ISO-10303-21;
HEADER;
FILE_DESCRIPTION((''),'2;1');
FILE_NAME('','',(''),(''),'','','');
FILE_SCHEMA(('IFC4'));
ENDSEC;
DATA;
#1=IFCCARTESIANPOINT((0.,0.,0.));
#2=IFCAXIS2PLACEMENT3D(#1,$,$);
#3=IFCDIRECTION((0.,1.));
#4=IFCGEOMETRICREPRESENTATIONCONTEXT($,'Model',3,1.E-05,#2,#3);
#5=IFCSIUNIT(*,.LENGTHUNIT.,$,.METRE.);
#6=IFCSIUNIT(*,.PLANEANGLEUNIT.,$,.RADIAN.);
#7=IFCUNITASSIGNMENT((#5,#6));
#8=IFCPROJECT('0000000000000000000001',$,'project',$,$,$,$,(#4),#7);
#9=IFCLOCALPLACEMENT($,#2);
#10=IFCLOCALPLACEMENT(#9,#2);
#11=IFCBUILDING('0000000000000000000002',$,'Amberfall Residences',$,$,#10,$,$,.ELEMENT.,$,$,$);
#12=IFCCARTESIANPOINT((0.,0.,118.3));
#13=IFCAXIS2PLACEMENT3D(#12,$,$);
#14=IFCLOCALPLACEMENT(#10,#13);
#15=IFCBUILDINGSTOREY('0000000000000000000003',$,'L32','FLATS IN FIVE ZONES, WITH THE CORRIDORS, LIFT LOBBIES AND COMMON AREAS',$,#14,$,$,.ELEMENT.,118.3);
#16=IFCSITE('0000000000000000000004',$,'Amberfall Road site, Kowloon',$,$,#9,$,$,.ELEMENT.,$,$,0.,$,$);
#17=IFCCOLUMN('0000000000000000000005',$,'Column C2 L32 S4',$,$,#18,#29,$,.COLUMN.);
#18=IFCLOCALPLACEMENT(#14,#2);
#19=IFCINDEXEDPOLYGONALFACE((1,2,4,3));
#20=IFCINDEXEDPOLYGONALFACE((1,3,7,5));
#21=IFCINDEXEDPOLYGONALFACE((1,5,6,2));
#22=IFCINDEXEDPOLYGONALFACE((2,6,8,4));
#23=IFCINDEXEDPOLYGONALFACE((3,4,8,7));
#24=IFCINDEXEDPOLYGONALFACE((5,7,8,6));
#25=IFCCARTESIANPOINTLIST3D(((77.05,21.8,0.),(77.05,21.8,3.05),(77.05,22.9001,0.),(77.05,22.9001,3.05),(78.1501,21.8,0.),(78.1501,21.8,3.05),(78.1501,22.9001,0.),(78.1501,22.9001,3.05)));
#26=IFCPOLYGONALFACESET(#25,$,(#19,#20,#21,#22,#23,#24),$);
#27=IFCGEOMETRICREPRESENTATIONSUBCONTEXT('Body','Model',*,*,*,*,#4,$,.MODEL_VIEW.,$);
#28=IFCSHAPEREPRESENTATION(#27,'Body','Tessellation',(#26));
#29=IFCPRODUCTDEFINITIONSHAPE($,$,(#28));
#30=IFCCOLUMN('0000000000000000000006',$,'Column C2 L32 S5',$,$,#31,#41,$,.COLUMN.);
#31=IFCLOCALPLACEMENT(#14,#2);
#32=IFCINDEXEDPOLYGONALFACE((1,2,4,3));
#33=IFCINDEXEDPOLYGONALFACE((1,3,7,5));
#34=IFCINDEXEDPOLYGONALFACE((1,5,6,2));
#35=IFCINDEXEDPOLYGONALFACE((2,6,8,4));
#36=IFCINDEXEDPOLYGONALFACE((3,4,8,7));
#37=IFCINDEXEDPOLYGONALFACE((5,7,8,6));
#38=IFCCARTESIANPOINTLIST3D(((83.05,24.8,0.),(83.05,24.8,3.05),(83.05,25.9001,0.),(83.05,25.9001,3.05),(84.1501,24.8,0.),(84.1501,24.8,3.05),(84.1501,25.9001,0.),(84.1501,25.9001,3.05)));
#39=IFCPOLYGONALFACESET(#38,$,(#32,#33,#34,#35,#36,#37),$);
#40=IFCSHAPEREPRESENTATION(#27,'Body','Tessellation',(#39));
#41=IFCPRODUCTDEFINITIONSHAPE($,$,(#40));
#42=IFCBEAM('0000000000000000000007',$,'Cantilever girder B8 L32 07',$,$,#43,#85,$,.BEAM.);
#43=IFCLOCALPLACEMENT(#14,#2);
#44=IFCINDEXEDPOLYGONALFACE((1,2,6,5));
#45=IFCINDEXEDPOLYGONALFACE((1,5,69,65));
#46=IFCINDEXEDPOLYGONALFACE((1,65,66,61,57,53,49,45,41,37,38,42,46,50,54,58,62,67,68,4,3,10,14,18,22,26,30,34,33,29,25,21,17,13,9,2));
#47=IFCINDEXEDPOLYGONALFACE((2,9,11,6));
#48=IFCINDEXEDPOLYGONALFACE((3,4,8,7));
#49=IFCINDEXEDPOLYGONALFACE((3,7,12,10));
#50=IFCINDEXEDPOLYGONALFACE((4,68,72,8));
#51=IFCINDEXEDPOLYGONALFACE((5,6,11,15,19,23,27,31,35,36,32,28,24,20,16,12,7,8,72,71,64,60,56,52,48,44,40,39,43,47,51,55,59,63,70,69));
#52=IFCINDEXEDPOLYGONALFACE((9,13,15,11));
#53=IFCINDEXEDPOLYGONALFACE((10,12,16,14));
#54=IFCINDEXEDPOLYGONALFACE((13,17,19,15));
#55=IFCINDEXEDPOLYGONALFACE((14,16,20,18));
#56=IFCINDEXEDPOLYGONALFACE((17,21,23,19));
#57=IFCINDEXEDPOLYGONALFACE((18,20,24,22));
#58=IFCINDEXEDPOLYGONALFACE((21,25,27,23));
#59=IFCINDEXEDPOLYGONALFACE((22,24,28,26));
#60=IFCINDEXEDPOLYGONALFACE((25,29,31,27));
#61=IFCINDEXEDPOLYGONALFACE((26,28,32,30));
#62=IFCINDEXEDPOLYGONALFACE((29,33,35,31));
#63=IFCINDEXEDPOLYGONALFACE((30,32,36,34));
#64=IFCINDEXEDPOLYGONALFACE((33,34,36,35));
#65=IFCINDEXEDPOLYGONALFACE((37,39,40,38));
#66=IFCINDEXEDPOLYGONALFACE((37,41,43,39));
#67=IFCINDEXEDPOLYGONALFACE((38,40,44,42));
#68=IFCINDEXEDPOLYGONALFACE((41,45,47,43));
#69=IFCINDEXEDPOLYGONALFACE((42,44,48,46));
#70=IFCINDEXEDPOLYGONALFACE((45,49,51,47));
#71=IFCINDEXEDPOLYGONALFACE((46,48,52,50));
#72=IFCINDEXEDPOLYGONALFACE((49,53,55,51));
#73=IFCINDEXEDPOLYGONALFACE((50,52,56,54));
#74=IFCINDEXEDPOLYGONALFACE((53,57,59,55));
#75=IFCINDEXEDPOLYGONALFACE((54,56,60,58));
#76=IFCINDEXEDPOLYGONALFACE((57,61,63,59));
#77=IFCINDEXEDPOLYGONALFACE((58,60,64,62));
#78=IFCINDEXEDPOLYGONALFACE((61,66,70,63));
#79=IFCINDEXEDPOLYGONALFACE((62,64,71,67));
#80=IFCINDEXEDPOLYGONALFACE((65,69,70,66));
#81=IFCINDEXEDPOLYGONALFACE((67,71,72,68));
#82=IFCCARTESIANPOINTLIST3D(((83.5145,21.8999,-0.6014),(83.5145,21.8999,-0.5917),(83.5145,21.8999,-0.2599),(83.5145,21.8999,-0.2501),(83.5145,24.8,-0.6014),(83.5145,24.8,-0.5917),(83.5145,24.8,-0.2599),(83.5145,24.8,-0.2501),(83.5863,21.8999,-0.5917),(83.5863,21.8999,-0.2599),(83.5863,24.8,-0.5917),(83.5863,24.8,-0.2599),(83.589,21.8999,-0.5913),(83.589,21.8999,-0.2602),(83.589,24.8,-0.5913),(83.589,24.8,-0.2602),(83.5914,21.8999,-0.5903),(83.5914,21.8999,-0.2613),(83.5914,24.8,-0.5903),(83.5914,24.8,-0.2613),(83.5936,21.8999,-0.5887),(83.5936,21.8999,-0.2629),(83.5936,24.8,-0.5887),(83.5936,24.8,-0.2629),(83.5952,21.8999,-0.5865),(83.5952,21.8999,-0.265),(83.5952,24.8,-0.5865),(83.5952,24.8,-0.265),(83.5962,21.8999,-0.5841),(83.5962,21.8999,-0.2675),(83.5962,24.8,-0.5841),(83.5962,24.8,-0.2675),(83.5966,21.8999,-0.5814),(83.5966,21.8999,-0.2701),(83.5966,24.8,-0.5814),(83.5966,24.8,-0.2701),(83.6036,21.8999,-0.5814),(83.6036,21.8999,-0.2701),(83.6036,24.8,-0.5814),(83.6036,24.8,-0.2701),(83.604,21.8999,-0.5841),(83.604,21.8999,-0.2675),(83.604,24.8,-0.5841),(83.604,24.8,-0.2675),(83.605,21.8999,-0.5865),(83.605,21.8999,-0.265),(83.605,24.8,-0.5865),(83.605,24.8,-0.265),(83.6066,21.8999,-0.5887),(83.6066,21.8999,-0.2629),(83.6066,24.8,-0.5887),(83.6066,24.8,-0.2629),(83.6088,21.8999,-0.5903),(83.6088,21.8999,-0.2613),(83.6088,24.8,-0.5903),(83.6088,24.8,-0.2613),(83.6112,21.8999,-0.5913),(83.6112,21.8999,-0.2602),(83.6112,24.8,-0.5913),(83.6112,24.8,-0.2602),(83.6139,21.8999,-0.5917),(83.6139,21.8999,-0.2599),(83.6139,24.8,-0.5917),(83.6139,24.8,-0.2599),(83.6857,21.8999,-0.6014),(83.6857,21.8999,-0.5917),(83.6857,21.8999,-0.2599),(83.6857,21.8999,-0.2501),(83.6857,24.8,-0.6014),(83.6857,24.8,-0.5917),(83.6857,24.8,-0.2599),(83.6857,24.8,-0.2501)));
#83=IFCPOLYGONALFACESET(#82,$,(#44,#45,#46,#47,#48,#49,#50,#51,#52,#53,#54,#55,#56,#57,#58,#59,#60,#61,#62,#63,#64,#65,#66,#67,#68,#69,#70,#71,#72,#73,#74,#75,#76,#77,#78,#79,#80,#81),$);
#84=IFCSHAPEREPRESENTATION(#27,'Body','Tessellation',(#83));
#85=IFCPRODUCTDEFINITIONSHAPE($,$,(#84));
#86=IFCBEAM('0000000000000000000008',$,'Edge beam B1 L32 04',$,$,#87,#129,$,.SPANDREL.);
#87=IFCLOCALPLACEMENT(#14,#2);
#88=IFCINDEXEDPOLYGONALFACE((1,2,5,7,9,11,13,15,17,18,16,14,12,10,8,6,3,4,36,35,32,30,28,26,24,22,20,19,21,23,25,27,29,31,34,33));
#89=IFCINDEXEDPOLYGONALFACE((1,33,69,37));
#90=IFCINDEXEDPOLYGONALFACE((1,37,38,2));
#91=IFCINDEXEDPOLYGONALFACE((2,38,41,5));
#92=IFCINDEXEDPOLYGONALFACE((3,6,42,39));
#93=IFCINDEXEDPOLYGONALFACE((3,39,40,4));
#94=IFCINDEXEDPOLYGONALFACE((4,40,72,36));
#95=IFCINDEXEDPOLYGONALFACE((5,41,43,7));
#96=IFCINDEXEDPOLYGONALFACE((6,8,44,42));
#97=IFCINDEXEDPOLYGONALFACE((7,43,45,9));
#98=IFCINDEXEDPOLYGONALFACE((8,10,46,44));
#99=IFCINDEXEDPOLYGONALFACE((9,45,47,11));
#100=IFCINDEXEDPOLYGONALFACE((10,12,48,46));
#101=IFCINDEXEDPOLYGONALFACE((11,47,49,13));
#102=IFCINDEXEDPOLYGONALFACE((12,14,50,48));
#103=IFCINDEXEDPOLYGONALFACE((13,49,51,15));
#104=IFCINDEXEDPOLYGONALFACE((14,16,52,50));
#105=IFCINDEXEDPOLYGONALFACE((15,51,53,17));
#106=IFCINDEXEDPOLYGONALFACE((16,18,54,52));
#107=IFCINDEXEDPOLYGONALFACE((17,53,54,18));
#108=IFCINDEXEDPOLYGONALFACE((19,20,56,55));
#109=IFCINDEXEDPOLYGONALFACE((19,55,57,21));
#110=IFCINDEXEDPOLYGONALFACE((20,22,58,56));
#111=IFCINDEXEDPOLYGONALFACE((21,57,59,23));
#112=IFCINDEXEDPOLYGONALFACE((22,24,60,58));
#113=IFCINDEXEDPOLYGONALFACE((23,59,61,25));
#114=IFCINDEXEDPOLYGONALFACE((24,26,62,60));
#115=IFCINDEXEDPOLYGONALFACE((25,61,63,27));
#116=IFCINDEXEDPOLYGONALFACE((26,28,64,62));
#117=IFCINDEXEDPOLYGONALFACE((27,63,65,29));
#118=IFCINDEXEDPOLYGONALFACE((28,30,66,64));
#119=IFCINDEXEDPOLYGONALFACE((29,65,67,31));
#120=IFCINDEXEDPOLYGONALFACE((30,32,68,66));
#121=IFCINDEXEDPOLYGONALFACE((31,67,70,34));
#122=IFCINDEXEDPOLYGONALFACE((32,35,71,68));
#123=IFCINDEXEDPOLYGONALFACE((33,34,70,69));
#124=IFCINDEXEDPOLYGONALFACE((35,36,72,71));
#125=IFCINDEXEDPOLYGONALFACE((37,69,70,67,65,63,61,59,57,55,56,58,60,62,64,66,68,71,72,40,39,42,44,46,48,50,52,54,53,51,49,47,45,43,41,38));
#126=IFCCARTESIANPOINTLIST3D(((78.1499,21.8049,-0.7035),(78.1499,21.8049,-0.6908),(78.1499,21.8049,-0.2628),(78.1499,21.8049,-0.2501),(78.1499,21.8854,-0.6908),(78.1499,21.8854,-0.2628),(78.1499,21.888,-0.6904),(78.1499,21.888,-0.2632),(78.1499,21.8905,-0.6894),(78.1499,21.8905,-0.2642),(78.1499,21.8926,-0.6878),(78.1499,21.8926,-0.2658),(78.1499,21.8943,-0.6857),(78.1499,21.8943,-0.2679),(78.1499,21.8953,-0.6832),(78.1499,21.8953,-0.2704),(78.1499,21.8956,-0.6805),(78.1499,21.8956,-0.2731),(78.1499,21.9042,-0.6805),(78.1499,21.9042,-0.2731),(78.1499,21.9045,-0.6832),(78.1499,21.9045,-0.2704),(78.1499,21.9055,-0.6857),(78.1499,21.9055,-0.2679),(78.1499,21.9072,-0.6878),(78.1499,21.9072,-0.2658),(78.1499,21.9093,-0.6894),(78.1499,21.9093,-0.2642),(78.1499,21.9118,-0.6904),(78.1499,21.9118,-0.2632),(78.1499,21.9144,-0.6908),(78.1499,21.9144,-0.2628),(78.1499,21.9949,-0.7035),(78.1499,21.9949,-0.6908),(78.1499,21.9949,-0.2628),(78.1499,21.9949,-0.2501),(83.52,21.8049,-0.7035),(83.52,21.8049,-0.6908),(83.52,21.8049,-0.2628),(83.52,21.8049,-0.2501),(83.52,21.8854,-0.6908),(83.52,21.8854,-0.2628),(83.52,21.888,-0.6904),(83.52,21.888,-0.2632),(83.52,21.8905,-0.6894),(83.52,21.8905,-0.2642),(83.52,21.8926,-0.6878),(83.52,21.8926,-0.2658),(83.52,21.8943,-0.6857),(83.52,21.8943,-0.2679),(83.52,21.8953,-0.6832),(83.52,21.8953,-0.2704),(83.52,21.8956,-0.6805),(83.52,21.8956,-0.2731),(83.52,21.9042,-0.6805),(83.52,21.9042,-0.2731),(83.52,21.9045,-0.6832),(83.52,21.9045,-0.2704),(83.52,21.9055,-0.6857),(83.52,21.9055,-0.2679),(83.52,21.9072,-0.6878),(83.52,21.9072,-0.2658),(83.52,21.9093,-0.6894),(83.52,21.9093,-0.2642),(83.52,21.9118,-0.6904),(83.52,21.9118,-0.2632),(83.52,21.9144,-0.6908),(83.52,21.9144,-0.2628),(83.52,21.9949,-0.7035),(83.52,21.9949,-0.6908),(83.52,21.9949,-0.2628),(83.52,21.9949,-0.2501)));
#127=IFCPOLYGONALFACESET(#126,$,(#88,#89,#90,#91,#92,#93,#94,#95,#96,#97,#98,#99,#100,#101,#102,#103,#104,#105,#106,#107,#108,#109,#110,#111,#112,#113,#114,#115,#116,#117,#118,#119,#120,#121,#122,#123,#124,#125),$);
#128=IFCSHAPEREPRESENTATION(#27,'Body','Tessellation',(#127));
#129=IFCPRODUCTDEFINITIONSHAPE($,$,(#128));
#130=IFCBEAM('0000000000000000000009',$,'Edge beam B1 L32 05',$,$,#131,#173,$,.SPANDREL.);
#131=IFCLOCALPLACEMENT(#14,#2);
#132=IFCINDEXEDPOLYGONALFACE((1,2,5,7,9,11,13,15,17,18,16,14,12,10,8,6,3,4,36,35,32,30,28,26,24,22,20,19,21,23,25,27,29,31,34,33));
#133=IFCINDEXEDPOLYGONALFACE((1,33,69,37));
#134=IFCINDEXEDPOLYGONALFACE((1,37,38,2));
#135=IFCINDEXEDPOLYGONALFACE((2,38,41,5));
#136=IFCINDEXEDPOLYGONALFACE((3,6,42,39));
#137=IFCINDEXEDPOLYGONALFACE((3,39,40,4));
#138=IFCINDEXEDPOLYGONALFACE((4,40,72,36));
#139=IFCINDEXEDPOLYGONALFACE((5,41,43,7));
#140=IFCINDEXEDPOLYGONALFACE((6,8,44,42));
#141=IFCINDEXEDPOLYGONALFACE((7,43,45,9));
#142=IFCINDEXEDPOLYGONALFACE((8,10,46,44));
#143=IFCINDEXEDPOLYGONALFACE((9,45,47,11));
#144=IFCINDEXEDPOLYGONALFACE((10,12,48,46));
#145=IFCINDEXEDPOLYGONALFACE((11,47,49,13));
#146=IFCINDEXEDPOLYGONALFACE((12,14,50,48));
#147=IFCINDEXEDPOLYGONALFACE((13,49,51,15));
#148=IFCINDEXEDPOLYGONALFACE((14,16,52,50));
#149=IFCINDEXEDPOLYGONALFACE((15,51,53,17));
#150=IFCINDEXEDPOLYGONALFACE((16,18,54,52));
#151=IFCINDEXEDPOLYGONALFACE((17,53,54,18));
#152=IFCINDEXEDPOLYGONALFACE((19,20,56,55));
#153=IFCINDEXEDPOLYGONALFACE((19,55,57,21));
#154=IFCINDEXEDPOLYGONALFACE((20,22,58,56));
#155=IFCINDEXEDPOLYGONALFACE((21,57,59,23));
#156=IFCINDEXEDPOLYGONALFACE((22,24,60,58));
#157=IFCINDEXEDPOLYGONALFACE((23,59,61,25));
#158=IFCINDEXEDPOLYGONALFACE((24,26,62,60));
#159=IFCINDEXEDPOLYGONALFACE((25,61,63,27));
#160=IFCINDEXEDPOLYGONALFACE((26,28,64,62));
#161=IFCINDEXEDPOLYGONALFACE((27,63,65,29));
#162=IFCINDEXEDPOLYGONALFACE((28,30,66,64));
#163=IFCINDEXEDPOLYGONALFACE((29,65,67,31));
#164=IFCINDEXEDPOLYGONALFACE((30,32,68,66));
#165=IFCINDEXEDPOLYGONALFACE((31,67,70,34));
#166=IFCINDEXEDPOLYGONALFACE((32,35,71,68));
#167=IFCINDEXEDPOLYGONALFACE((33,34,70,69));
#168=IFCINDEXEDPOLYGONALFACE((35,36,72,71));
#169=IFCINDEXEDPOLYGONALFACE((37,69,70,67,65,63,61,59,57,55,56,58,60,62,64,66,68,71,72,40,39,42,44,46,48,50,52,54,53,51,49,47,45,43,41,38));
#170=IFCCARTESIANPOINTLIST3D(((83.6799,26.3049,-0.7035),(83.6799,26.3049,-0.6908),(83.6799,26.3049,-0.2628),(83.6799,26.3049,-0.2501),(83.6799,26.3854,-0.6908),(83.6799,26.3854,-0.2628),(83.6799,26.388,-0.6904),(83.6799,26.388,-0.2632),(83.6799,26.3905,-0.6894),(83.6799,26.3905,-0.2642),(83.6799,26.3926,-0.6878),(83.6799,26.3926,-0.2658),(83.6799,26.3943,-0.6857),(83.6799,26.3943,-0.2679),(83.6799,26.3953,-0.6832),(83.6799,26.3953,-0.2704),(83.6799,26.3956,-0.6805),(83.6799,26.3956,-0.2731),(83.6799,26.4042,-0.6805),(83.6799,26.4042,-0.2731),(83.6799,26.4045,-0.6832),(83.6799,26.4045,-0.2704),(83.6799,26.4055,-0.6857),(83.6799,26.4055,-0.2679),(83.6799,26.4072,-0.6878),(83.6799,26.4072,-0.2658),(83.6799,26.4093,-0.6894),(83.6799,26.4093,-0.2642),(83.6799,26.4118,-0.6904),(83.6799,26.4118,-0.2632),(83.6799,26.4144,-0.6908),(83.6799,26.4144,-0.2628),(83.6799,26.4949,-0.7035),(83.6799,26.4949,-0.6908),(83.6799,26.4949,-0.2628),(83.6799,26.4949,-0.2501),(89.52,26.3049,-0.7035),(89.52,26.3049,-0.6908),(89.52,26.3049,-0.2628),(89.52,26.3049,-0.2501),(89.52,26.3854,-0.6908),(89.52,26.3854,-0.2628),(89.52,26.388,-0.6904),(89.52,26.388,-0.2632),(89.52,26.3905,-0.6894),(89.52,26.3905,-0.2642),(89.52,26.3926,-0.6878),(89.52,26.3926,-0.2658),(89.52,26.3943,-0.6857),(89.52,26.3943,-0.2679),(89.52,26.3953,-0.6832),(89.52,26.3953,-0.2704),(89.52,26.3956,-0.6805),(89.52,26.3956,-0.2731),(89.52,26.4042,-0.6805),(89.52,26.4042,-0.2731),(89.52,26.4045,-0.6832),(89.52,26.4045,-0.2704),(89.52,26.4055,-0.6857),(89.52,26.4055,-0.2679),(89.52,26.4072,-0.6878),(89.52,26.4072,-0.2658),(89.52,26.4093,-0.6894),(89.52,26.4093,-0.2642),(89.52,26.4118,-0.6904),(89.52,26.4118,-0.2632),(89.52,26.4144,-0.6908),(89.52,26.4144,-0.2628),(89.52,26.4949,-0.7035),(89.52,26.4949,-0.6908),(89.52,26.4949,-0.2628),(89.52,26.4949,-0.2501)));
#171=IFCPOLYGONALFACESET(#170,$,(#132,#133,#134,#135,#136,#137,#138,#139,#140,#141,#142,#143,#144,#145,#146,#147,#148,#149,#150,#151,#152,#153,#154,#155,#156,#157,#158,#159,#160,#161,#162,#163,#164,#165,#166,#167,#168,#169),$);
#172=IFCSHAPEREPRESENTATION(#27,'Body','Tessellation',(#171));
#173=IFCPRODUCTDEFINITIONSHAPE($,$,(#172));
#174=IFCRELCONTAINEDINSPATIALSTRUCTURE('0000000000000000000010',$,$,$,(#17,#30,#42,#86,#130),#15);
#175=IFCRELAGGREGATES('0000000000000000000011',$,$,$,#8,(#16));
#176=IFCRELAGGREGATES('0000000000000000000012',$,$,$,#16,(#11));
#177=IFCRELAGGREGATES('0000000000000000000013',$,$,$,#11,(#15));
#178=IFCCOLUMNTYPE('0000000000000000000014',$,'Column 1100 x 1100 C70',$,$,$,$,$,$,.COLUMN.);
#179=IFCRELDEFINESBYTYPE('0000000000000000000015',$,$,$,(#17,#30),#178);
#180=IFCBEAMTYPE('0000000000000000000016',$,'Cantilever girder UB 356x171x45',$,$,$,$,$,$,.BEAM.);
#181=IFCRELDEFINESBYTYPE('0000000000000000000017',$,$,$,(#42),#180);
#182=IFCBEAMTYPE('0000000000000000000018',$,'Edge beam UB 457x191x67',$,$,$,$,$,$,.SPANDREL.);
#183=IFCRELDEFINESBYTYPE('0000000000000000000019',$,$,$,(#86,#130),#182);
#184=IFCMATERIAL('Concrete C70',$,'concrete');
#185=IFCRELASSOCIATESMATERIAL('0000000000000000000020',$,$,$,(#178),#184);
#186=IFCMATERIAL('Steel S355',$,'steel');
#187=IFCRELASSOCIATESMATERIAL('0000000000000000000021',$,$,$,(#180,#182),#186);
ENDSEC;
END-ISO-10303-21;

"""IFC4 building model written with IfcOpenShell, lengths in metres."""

from ifc_helpers import new_model, si_unit, direction, frame, origin, origin_2d, place, context, subcontext, project, spatial, rectangle, i_section, extrude, material, material_profile, profile_set, type_object, element, save


model = new_model("IFC4")

# Units and contexts
model_context = context("Model", 3, precision=1e-05, world=origin(), true_north=direction((0.0, 1.0)))
body_context = subcontext(model_context, "Body", "Model", "MODEL_VIEW")
ifc_project = project(units=[si_unit("LENGTHUNIT", "METRE"), si_unit("PLANEANGLEUNIT", "RADIAN")], contexts=[model_context])

# Site, building, storey
site_placement = place(None, origin())
site = spatial("IfcSite", under=ifc_project, at=site_placement, Name="Amberfall Road site, Kowloon", CompositionType="ELEMENT", RefElevation=0.0)
building_placement = place(site_placement, origin())
building = spatial("IfcBuilding", under=site, at=building_placement, Name="Amberfall Residences", CompositionType="ELEMENT")
storey_placement = place(building_placement, frame((0.0, 0.0, 118.3)))
storey = spatial("IfcBuildingStorey", under=building, at=storey_placement, Name="L32", Description="FLATS IN FIVE ZONES, WITH THE CORRIDORS, LIFT LOBBIES AND COMMON AREAS", CompositionType="ELEMENT", Elevation=118.3)

# Columns
ifc_material_1 = material(Name="Concrete C70", Category="concrete")
ifc_material_profile_1 = material_profile(ifc_material_1, rectangle(XDim=1.1001, YDim=1.1001, at=origin_2d()), Name="Column 1100 x 1100 C70")
ifc_profile_set_1 = profile_set([ifc_material_profile_1], Name="Concrete C70")
column_type = type_object("IfcColumnType", Name="Column 1100 x 1100 C70", PredefinedType="COLUMN", material=ifc_profile_set_1)
for number, where, z_axis, x_axis, name in (
    (1, (77.6001, 22.3501, 0.0), (0.0, 0.0, 1.0), (1.0, 0.0, 0.0), "Column C2 L32 S4"),
    (2, (83.6001, 25.3501, 0.0), (0.0, 0.0, 1.0), (1.0, 0.0, 0.0), "Column C2 L32 S5"),
):
    element("IfcColumn", number, at=place(storey_placement, frame(where, z_axis=z_axis, x_axis=x_axis)), inside=storey, type_object=column_type, Name=name, PredefinedType="COLUMN", context=body_context, shape_type="SweptSolid", body=[
        extrude(rectangle(XDim=1.1001, YDim=1.1001, at=origin_2d()), origin(), (0.0, 0.0, 1.0), 3.05),
    ])

# Beams
ifc_material_2 = material(Name="Steel S355", Category="steel")
ifc_material_profile_2 = material_profile(ifc_material_2, i_section(OverallWidth=0.1711, OverallDepth=0.3513, WebThickness=0.0071, FlangeThickness=0.0098, FilletRadius=0.0103, at=origin_2d()), Name="UB 356x171x45")
ifc_profile_set_2 = profile_set([ifc_material_profile_2], Name="Steel S355")
beam_type_1 = type_object("IfcBeamType", Name="Cantilever girder UB 356x171x45", PredefinedType="BEAM", material=ifc_profile_set_2)
beam_1_placement = place(storey_placement, frame((83.6001, 24.8, -0.4258), z_axis=(0.0, -1.0, 0.0), x_axis=(1.0, 0.0, 0.0)))
element("IfcBeam", 3, at=beam_1_placement, inside=storey, type_object=beam_type_1, Name="Cantilever girder B8 L32 07", PredefinedType="BEAM", context=body_context, shape_type="SweptSolid", body=[
    extrude(i_section(OverallWidth=0.1711, OverallDepth=0.3513, WebThickness=0.0071, FlangeThickness=0.0098, FilletRadius=0.0103, at=origin_2d()), origin(), (0.0, 0.0, 1.0), 2.9001),
])
ifc_material_profile_3 = material_profile(ifc_material_2, i_section(OverallWidth=0.1899, OverallDepth=0.4534, WebThickness=0.0085, FlangeThickness=0.0127, FilletRadius=0.0103, at=origin_2d()), Name="UB 457x191x67")
ifc_profile_set_3 = profile_set([ifc_material_profile_3], Name="Steel S355")
beam_type_2 = type_object("IfcBeamType", Name="Edge beam UB 457x191x67", PredefinedType="SPANDREL", material=ifc_profile_set_3)
beam_2_placement = place(storey_placement, frame((78.1499, 21.8999, -0.4768), z_axis=(1.0, 0.0, 0.0), x_axis=(0.0, 1.0, 0.0)))
element("IfcBeam", 4, at=beam_2_placement, inside=storey, type_object=beam_type_2, Name="Edge beam B1 L32 04", PredefinedType="SPANDREL", context=body_context, shape_type="SweptSolid", body=[
    extrude(i_section(OverallWidth=0.1899, OverallDepth=0.4534, WebThickness=0.0085, FlangeThickness=0.0127, FilletRadius=0.0103, at=origin_2d()), origin(), (0.0, 0.0, 1.0), 5.3701),
])
beam_3_placement = place(storey_placement, frame((83.6799, 26.3999, -0.4768), z_axis=(1.0, 0.0, 0.0), x_axis=(0.0, 1.0, 0.0)))
element("IfcBeam", 5, at=beam_3_placement, inside=storey, type_object=beam_type_2, Name="Edge beam B1 L32 05", PredefinedType="SPANDREL", context=body_context, shape_type="SweptSolid", body=[
    extrude(i_section(OverallWidth=0.1899, OverallDepth=0.4534, WebThickness=0.0085, FlangeThickness=0.0127, FilletRadius=0.0103, at=origin_2d()), origin(), (0.0, 0.0, 1.0), 5.8401),
])

save(model, "model.ifc")
